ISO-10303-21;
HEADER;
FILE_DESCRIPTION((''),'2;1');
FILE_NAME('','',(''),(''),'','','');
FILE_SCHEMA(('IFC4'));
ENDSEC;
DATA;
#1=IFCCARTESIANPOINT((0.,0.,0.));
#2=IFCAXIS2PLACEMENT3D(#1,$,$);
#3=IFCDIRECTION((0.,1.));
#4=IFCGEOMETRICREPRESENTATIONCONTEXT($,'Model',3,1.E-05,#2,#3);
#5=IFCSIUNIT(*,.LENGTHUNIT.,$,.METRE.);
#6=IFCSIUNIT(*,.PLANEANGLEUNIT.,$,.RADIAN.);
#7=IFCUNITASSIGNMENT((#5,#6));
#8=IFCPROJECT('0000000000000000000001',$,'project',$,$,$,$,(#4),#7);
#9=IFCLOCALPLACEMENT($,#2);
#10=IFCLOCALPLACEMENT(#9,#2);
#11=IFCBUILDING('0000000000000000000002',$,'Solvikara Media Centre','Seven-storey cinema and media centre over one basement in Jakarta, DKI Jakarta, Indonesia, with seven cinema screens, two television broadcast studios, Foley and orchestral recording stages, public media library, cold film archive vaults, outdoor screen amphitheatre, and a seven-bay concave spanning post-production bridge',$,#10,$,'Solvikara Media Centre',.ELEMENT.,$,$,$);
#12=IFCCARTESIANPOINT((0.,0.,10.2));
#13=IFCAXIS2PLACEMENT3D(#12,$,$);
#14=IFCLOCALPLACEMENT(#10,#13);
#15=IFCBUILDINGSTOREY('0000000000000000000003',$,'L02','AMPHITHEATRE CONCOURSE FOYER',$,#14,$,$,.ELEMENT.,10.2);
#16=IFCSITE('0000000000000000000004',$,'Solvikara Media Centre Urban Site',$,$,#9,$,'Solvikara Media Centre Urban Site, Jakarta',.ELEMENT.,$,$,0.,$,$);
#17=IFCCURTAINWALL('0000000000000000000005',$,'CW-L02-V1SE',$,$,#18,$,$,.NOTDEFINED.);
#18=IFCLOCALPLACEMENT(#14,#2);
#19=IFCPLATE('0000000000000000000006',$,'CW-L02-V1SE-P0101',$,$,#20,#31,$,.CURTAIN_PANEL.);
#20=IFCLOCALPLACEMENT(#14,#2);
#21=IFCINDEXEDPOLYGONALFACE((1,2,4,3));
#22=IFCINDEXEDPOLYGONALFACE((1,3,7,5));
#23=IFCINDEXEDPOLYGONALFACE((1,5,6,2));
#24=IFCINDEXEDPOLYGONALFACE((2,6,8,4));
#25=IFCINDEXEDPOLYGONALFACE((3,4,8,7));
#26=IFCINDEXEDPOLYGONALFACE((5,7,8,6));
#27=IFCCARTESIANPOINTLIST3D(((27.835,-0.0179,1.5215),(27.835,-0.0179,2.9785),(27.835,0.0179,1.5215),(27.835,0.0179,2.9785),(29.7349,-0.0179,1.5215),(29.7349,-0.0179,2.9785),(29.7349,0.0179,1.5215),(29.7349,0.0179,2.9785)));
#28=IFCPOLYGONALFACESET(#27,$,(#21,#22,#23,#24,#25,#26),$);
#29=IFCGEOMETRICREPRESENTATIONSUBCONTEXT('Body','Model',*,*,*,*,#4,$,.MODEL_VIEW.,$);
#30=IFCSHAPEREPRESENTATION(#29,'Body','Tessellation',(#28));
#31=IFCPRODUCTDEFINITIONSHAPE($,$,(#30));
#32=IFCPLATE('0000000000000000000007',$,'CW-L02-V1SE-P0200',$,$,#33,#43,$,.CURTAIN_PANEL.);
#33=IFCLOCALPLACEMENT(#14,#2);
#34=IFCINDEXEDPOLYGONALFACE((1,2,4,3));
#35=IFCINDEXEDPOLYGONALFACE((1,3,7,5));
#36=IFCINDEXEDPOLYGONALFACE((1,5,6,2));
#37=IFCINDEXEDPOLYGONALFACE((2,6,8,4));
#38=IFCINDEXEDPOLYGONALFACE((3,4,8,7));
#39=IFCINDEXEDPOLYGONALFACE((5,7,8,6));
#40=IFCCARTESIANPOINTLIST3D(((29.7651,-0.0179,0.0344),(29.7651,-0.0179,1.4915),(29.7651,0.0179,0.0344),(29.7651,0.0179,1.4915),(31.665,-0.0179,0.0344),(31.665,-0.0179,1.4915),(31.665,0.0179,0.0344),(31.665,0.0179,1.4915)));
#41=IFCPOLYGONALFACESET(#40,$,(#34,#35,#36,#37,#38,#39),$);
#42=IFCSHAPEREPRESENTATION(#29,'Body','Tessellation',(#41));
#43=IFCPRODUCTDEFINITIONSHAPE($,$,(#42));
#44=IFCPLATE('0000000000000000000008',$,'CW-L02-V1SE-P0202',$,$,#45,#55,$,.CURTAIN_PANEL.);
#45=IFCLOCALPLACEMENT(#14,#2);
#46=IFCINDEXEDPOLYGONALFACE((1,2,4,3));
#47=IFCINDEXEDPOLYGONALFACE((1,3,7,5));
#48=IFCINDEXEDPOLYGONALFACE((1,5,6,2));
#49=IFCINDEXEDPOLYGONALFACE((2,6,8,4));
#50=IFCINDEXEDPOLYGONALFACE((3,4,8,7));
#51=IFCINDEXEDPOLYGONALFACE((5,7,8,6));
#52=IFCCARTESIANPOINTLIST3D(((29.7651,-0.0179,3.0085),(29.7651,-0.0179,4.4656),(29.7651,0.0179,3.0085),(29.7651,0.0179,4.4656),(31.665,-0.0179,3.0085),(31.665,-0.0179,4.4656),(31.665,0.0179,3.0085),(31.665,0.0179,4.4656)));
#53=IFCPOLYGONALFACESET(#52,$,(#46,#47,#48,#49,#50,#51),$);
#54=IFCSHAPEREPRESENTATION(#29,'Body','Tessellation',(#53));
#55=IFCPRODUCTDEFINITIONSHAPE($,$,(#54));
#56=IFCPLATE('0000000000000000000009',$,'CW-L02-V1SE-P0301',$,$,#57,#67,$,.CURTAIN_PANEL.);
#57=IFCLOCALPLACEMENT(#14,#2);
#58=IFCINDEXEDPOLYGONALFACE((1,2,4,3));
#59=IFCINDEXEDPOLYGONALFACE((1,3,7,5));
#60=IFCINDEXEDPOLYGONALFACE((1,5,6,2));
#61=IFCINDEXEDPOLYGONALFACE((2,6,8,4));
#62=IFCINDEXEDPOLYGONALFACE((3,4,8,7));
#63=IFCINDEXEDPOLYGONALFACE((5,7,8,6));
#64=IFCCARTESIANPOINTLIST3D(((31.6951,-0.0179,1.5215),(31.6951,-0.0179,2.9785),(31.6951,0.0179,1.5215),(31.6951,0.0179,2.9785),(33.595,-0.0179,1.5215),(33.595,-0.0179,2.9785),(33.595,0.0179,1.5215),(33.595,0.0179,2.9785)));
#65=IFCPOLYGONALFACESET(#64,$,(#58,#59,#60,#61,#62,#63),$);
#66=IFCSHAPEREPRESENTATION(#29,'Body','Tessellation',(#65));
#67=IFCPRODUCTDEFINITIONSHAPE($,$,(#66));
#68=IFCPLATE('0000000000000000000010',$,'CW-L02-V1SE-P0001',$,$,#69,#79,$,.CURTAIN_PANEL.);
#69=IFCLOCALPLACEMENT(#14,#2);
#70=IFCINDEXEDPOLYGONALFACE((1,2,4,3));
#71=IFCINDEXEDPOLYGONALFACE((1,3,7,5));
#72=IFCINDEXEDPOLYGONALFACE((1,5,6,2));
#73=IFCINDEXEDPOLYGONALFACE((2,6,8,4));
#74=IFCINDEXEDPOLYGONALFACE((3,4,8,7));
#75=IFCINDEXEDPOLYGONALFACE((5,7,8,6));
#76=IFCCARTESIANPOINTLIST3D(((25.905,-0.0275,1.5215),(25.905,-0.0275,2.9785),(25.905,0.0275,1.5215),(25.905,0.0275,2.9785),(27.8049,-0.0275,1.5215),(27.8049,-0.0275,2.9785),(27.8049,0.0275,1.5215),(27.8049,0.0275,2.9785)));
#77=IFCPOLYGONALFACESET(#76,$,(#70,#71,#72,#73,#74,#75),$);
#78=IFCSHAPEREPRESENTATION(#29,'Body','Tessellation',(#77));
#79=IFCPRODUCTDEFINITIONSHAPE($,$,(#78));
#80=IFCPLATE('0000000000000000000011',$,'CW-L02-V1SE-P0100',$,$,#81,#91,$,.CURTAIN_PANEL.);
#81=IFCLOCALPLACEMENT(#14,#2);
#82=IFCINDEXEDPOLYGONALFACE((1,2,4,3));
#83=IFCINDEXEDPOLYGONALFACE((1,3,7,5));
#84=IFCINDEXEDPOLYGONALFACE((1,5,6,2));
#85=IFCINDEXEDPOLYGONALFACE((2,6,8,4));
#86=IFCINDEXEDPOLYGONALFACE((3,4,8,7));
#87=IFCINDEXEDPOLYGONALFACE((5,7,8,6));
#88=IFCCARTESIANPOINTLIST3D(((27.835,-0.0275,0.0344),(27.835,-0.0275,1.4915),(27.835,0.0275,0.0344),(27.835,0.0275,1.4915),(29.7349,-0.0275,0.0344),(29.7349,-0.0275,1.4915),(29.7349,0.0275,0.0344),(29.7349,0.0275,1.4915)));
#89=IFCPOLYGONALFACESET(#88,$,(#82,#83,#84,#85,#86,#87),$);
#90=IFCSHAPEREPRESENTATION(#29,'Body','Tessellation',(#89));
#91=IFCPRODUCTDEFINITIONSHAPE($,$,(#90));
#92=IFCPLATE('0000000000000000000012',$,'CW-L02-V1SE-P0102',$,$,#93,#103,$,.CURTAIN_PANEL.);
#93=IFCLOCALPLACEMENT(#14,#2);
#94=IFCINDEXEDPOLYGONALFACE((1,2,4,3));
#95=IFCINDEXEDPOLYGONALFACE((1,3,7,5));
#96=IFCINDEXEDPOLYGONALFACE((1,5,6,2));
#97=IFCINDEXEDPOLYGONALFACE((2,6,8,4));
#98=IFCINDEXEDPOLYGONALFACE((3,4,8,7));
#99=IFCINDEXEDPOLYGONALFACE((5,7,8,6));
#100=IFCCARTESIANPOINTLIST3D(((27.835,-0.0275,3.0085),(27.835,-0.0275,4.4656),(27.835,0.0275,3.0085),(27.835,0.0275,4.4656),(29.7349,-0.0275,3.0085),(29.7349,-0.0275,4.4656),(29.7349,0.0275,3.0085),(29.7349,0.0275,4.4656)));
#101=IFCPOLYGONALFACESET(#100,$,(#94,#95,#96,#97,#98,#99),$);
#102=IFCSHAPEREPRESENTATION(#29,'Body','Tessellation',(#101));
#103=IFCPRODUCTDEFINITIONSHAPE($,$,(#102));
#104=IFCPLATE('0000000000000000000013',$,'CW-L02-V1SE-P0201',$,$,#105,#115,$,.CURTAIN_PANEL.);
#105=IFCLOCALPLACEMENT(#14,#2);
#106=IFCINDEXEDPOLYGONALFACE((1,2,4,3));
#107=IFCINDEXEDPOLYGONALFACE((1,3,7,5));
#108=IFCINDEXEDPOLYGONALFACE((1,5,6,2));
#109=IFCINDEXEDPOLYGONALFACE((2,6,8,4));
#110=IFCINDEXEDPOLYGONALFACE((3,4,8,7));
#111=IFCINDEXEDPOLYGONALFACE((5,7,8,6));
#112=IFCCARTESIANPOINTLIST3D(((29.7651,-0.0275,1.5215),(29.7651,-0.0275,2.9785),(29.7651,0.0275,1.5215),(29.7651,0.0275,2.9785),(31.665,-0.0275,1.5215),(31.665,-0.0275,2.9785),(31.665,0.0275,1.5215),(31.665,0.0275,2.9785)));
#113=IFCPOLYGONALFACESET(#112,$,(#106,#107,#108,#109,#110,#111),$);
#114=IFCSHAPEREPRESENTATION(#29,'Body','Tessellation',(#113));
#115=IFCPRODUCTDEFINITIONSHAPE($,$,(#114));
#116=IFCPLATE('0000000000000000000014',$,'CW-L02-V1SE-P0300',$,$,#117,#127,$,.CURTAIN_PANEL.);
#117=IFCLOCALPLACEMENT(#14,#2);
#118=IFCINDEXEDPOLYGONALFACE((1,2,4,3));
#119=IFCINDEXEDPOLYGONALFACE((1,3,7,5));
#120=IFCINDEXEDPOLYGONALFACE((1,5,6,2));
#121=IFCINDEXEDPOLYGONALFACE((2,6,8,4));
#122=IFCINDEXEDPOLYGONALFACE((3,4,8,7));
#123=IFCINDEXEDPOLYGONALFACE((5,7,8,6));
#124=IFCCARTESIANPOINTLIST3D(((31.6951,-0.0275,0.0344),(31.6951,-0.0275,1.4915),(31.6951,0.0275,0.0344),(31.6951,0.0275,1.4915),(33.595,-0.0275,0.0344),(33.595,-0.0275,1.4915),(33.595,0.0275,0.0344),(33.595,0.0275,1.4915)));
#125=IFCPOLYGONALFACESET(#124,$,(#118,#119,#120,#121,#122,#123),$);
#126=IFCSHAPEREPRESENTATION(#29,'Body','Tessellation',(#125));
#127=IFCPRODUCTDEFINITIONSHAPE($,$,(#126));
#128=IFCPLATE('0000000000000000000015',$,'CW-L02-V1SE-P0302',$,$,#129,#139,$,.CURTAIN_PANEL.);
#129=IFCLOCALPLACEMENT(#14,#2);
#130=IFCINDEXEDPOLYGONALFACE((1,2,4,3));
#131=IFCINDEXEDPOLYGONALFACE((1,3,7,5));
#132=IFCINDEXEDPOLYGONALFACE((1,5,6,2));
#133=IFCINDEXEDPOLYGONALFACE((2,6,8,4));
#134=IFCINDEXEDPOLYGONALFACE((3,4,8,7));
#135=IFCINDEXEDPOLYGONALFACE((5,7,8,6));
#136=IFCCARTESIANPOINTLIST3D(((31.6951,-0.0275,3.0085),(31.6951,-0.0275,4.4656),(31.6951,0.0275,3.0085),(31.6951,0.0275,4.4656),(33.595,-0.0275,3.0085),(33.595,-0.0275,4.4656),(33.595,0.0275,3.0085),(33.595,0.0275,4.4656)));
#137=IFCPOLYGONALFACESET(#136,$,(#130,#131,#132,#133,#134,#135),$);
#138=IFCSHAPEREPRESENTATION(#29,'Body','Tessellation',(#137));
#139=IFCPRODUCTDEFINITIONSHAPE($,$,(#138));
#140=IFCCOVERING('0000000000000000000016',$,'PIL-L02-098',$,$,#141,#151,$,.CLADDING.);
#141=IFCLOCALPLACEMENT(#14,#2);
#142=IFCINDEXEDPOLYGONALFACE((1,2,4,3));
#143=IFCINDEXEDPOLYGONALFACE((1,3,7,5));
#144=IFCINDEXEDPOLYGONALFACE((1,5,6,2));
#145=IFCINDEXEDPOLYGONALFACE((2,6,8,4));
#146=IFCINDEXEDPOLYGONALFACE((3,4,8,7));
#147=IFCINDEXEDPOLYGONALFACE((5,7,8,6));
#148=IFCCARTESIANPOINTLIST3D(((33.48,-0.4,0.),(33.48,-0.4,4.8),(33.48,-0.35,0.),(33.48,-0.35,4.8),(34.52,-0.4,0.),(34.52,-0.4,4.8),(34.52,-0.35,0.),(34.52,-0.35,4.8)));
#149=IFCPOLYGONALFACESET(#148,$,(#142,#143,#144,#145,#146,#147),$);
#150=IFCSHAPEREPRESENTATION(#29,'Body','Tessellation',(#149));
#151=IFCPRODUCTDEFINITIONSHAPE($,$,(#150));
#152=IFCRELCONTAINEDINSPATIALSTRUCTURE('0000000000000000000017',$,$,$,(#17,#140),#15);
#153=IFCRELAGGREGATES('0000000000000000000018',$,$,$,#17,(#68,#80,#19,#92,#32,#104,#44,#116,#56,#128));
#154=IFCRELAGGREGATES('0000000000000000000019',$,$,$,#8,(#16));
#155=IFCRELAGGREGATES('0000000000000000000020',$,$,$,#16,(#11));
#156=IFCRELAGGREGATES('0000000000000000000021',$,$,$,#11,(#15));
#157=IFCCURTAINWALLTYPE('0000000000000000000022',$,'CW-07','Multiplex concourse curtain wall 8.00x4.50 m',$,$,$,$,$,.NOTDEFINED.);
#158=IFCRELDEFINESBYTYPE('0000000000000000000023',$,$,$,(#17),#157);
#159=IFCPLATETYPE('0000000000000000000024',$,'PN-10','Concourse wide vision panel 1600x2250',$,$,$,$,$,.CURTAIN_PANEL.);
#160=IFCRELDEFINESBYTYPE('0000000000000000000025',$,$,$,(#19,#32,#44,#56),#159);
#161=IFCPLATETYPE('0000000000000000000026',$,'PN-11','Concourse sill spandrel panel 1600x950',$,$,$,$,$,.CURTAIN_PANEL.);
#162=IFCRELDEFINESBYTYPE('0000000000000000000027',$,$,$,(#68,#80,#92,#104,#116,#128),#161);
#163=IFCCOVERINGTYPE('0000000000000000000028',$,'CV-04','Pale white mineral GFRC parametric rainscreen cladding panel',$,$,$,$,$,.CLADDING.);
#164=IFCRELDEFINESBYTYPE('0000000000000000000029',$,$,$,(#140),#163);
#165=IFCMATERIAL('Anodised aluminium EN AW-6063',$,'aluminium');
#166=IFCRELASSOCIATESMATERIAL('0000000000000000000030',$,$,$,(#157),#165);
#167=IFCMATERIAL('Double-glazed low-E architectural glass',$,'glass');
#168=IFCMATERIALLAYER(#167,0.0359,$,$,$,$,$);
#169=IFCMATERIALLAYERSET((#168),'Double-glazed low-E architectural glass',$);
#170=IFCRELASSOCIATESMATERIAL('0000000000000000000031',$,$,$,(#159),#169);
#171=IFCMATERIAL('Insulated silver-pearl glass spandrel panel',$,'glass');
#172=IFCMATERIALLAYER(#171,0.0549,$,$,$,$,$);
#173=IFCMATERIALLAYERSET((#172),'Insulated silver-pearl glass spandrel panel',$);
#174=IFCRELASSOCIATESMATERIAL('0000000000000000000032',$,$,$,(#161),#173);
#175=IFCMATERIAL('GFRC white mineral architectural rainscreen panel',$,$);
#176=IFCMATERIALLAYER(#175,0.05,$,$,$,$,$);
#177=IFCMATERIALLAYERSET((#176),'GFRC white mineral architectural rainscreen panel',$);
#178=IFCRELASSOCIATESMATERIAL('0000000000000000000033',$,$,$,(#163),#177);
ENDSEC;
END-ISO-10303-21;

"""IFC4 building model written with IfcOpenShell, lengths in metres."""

from ifc_helpers import new_model, si_unit, direction, frame, origin, origin_2d, place, context, subcontext, project, spatial, rectangle, extrude, material, layer, layer_set, type_object, element, aggregate, save


model = new_model("IFC4")

# Units and contexts
model_context = context("Model", 3, precision=1e-05, world=origin(), true_north=direction((0.0, 1.0)))
body_context = subcontext(model_context, "Body", "Model", "MODEL_VIEW")
ifc_project = project(units=[si_unit("LENGTHUNIT", "METRE"), si_unit("PLANEANGLEUNIT", "RADIAN")], contexts=[model_context])

# Site, building, storey
site_placement = place(None, origin())
site = spatial("IfcSite", under=ifc_project, at=site_placement, Name="Solvikara Media Centre Urban Site", LongName="Solvikara Media Centre Urban Site, Jakarta", CompositionType="ELEMENT", RefElevation=0.0)
building_placement = place(site_placement, origin())
building = spatial("IfcBuilding", under=site, at=building_placement, Name="Solvikara Media Centre", Description="Seven-storey cinema and media centre over one basement in Jakarta, DKI Jakarta, Indonesia, with seven cinema screens, two television broadcast studios, Foley and orchestral recording stages, public media library, cold film archive vaults, outdoor screen amphitheatre, and a seven-bay concave spanning post-production bridge", LongName="Solvikara Media Centre", CompositionType="ELEMENT")
storey_placement = place(building_placement, frame((0.0, 0.0, 10.2)))
storey = spatial("IfcBuildingStorey", under=building, at=storey_placement, Name="L02", Description="AMPHITHEATRE CONCOURSE FOYER", CompositionType="ELEMENT", Elevation=10.2)

# Curtain wall, plates
ifc_material_1 = material(Name="Anodised aluminium EN AW-6063", Category="aluminium")
curtain_wall_type = type_object("IfcCurtainWallType", Name="CW-07", Description="Multiplex concourse curtain wall 8.00x4.50 m", PredefinedType="NOTDEFINED", material=ifc_material_1)
curtain_wall_placement = place(storey_placement, origin())
curtain_wall = element("IfcCurtainWall", 1, at=curtain_wall_placement, inside=storey, type_object=curtain_wall_type, Name="CW-L02-V1SE", PredefinedType="NOTDEFINED")
ifc_material_2 = material(Name="Double-glazed low-E architectural glass", Category="glass")
ifc_layer_1 = layer(ifc_material_2, 0.0359)
ifc_layer_set_1 = layer_set([ifc_layer_1], Name="Double-glazed low-E architectural glass")
plate_type_1 = type_object("IfcPlateType", Name="PN-10", Description="Concourse wide vision panel 1600x2250", PredefinedType="CURTAIN_PANEL", material=ifc_layer_set_1)
plate_1_placement = place(storey_placement, frame((28.7849, 0.0, 1.5215), z_axis=(0.0, 0.0, 1.0), x_axis=(1.0, 0.0, 0.0)))
plate_1 = element("IfcPlate", 2, at=plate_1_placement, type_object=plate_type_1, Name="CW-L02-V1SE-P0101", PredefinedType="CURTAIN_PANEL", context=body_context, shape_type="SweptSolid", body=[
    extrude(rectangle(XDim=1.8999, YDim=0.0359, at=origin_2d()), origin(), (0.0, 0.0, 1.0), 1.457),
])
plate_2_placement = place(storey_placement, frame((30.7151, 0.0, 0.0344), z_axis=(0.0, 0.0, 1.0), x_axis=(1.0, 0.0, 0.0)))
plate_2 = element("IfcPlate", 3, at=plate_2_placement, type_object=plate_type_1, Name="CW-L02-V1SE-P0200", PredefinedType="CURTAIN_PANEL", context=body_context, shape_type="SweptSolid", body=[
    extrude(rectangle(XDim=1.8999, YDim=0.0359, at=origin_2d()), origin(), (0.0, 0.0, 1.0), 1.457),
])
plate_3_placement = place(storey_placement, frame((30.7151, 0.0, 3.0085), z_axis=(0.0, 0.0, 1.0), x_axis=(1.0, 0.0, 0.0)))
plate_3 = element("IfcPlate", 4, at=plate_3_placement, type_object=plate_type_1, Name="CW-L02-V1SE-P0202", PredefinedType="CURTAIN_PANEL", context=body_context, shape_type="SweptSolid", body=[
    extrude(rectangle(XDim=1.8999, YDim=0.0359, at=origin_2d()), origin(), (0.0, 0.0, 1.0), 1.457),
])
plate_4_placement = place(storey_placement, frame((32.645, 0.0, 1.5215), z_axis=(0.0, 0.0, 1.0), x_axis=(1.0, 0.0, 0.0)))
plate_4 = element("IfcPlate", 5, at=plate_4_placement, type_object=plate_type_1, Name="CW-L02-V1SE-P0301", PredefinedType="CURTAIN_PANEL", context=body_context, shape_type="SweptSolid", body=[
    extrude(rectangle(XDim=1.8999, YDim=0.0359, at=origin_2d()), origin(), (0.0, 0.0, 1.0), 1.457),
])
ifc_material_3 = material(Name="Insulated silver-pearl glass spandrel panel", Category="glass")
ifc_layer_2 = layer(ifc_material_3, 0.0549)
ifc_layer_set_2 = layer_set([ifc_layer_2], Name="Insulated silver-pearl glass spandrel panel")
plate_type_2 = type_object("IfcPlateType", Name="PN-11", Description="Concourse sill spandrel panel 1600x950", PredefinedType="CURTAIN_PANEL", material=ifc_layer_set_2)
plate_5_placement = place(storey_placement, frame((26.855, 0.0, 1.5215), z_axis=(0.0, 0.0, 1.0), x_axis=(1.0, 0.0, 0.0)))
plate_5 = element("IfcPlate", 6, at=plate_5_placement, type_object=plate_type_2, Name="CW-L02-V1SE-P0001", PredefinedType="CURTAIN_PANEL", context=body_context, shape_type="SweptSolid", body=[
    extrude(rectangle(XDim=1.8999, YDim=0.0549, at=origin_2d()), origin(), (0.0, 0.0, 1.0), 1.457),
])
plate_6_placement = place(storey_placement, frame((28.7849, 0.0, 0.0344), z_axis=(0.0, 0.0, 1.0), x_axis=(1.0, 0.0, 0.0)))
plate_6 = element("IfcPlate", 7, at=plate_6_placement, type_object=plate_type_2, Name="CW-L02-V1SE-P0100", PredefinedType="CURTAIN_PANEL", context=body_context, shape_type="SweptSolid", body=[
    extrude(rectangle(XDim=1.8999, YDim=0.0549, at=origin_2d()), origin(), (0.0, 0.0, 1.0), 1.457),
])
plate_7_placement = place(storey_placement, frame((28.7849, 0.0, 3.0085), z_axis=(0.0, 0.0, 1.0), x_axis=(1.0, 0.0, 0.0)))
plate_7 = element("IfcPlate", 8, at=plate_7_placement, type_object=plate_type_2, Name="CW-L02-V1SE-P0102", PredefinedType="CURTAIN_PANEL", context=body_context, shape_type="SweptSolid", body=[
    extrude(rectangle(XDim=1.8999, YDim=0.0549, at=origin_2d()), origin(), (0.0, 0.0, 1.0), 1.457),
])
plate_8_placement = place(storey_placement, frame((30.7151, 0.0, 1.5215), z_axis=(0.0, 0.0, 1.0), x_axis=(1.0, 0.0, 0.0)))
plate_8 = element("IfcPlate", 9, at=plate_8_placement, type_object=plate_type_2, Name="CW-L02-V1SE-P0201", PredefinedType="CURTAIN_PANEL", context=body_context, shape_type="SweptSolid", body=[
    extrude(rectangle(XDim=1.8999, YDim=0.0549, at=origin_2d()), origin(), (0.0, 0.0, 1.0), 1.457),
])
plate_9_placement = place(storey_placement, frame((32.645, 0.0, 0.0344), z_axis=(0.0, 0.0, 1.0), x_axis=(1.0, 0.0, 0.0)))
plate_9 = element("IfcPlate", 10, at=plate_9_placement, type_object=plate_type_2, Name="CW-L02-V1SE-P0300", PredefinedType="CURTAIN_PANEL", context=body_context, shape_type="SweptSolid", body=[
    extrude(rectangle(XDim=1.8999, YDim=0.0549, at=origin_2d()), origin(), (0.0, 0.0, 1.0), 1.457),
])
plate_10_placement = place(storey_placement, frame((32.645, 0.0, 3.0085), z_axis=(0.0, 0.0, 1.0), x_axis=(1.0, 0.0, 0.0)))
plate_10 = element("IfcPlate", 11, at=plate_10_placement, type_object=plate_type_2, Name="CW-L02-V1SE-P0302", PredefinedType="CURTAIN_PANEL", context=body_context, shape_type="SweptSolid", body=[
    extrude(rectangle(XDim=1.8999, YDim=0.0549, at=origin_2d()), origin(), (0.0, 0.0, 1.0), 1.457),
])
aggregate(curtain_wall, [plate_5, plate_6, plate_1, plate_7, plate_2, plate_8, plate_3, plate_9, plate_4, plate_10])

# Covering
ifc_material_4 = material(Name="GFRC white mineral architectural rainscreen panel")
ifc_layer_3 = layer(ifc_material_4, 0.05)
ifc_layer_set_3 = layer_set([ifc_layer_3], Name="GFRC white mineral architectural rainscreen panel")
covering_type = type_object("IfcCoveringType", Name="CV-04", Description="Pale white mineral GFRC parametric rainscreen cladding panel", PredefinedType="CLADDING", material=ifc_layer_set_3)
covering_placement = place(storey_placement, frame((34.0, -0.375, 0.0), z_axis=(0.0, 0.0, 1.0), x_axis=(1.0, 0.0, 0.0)))
element("IfcCovering", 12, at=covering_placement, inside=storey, type_object=covering_type, Name="PIL-L02-098", PredefinedType="CLADDING", context=body_context, shape_type="SweptSolid", body=[
    extrude(rectangle(XDim=1.04, YDim=0.05, at=origin_2d()), origin(), (0.0, 0.0, 1.0), 4.8),
])

save(model, "model.ifc")
